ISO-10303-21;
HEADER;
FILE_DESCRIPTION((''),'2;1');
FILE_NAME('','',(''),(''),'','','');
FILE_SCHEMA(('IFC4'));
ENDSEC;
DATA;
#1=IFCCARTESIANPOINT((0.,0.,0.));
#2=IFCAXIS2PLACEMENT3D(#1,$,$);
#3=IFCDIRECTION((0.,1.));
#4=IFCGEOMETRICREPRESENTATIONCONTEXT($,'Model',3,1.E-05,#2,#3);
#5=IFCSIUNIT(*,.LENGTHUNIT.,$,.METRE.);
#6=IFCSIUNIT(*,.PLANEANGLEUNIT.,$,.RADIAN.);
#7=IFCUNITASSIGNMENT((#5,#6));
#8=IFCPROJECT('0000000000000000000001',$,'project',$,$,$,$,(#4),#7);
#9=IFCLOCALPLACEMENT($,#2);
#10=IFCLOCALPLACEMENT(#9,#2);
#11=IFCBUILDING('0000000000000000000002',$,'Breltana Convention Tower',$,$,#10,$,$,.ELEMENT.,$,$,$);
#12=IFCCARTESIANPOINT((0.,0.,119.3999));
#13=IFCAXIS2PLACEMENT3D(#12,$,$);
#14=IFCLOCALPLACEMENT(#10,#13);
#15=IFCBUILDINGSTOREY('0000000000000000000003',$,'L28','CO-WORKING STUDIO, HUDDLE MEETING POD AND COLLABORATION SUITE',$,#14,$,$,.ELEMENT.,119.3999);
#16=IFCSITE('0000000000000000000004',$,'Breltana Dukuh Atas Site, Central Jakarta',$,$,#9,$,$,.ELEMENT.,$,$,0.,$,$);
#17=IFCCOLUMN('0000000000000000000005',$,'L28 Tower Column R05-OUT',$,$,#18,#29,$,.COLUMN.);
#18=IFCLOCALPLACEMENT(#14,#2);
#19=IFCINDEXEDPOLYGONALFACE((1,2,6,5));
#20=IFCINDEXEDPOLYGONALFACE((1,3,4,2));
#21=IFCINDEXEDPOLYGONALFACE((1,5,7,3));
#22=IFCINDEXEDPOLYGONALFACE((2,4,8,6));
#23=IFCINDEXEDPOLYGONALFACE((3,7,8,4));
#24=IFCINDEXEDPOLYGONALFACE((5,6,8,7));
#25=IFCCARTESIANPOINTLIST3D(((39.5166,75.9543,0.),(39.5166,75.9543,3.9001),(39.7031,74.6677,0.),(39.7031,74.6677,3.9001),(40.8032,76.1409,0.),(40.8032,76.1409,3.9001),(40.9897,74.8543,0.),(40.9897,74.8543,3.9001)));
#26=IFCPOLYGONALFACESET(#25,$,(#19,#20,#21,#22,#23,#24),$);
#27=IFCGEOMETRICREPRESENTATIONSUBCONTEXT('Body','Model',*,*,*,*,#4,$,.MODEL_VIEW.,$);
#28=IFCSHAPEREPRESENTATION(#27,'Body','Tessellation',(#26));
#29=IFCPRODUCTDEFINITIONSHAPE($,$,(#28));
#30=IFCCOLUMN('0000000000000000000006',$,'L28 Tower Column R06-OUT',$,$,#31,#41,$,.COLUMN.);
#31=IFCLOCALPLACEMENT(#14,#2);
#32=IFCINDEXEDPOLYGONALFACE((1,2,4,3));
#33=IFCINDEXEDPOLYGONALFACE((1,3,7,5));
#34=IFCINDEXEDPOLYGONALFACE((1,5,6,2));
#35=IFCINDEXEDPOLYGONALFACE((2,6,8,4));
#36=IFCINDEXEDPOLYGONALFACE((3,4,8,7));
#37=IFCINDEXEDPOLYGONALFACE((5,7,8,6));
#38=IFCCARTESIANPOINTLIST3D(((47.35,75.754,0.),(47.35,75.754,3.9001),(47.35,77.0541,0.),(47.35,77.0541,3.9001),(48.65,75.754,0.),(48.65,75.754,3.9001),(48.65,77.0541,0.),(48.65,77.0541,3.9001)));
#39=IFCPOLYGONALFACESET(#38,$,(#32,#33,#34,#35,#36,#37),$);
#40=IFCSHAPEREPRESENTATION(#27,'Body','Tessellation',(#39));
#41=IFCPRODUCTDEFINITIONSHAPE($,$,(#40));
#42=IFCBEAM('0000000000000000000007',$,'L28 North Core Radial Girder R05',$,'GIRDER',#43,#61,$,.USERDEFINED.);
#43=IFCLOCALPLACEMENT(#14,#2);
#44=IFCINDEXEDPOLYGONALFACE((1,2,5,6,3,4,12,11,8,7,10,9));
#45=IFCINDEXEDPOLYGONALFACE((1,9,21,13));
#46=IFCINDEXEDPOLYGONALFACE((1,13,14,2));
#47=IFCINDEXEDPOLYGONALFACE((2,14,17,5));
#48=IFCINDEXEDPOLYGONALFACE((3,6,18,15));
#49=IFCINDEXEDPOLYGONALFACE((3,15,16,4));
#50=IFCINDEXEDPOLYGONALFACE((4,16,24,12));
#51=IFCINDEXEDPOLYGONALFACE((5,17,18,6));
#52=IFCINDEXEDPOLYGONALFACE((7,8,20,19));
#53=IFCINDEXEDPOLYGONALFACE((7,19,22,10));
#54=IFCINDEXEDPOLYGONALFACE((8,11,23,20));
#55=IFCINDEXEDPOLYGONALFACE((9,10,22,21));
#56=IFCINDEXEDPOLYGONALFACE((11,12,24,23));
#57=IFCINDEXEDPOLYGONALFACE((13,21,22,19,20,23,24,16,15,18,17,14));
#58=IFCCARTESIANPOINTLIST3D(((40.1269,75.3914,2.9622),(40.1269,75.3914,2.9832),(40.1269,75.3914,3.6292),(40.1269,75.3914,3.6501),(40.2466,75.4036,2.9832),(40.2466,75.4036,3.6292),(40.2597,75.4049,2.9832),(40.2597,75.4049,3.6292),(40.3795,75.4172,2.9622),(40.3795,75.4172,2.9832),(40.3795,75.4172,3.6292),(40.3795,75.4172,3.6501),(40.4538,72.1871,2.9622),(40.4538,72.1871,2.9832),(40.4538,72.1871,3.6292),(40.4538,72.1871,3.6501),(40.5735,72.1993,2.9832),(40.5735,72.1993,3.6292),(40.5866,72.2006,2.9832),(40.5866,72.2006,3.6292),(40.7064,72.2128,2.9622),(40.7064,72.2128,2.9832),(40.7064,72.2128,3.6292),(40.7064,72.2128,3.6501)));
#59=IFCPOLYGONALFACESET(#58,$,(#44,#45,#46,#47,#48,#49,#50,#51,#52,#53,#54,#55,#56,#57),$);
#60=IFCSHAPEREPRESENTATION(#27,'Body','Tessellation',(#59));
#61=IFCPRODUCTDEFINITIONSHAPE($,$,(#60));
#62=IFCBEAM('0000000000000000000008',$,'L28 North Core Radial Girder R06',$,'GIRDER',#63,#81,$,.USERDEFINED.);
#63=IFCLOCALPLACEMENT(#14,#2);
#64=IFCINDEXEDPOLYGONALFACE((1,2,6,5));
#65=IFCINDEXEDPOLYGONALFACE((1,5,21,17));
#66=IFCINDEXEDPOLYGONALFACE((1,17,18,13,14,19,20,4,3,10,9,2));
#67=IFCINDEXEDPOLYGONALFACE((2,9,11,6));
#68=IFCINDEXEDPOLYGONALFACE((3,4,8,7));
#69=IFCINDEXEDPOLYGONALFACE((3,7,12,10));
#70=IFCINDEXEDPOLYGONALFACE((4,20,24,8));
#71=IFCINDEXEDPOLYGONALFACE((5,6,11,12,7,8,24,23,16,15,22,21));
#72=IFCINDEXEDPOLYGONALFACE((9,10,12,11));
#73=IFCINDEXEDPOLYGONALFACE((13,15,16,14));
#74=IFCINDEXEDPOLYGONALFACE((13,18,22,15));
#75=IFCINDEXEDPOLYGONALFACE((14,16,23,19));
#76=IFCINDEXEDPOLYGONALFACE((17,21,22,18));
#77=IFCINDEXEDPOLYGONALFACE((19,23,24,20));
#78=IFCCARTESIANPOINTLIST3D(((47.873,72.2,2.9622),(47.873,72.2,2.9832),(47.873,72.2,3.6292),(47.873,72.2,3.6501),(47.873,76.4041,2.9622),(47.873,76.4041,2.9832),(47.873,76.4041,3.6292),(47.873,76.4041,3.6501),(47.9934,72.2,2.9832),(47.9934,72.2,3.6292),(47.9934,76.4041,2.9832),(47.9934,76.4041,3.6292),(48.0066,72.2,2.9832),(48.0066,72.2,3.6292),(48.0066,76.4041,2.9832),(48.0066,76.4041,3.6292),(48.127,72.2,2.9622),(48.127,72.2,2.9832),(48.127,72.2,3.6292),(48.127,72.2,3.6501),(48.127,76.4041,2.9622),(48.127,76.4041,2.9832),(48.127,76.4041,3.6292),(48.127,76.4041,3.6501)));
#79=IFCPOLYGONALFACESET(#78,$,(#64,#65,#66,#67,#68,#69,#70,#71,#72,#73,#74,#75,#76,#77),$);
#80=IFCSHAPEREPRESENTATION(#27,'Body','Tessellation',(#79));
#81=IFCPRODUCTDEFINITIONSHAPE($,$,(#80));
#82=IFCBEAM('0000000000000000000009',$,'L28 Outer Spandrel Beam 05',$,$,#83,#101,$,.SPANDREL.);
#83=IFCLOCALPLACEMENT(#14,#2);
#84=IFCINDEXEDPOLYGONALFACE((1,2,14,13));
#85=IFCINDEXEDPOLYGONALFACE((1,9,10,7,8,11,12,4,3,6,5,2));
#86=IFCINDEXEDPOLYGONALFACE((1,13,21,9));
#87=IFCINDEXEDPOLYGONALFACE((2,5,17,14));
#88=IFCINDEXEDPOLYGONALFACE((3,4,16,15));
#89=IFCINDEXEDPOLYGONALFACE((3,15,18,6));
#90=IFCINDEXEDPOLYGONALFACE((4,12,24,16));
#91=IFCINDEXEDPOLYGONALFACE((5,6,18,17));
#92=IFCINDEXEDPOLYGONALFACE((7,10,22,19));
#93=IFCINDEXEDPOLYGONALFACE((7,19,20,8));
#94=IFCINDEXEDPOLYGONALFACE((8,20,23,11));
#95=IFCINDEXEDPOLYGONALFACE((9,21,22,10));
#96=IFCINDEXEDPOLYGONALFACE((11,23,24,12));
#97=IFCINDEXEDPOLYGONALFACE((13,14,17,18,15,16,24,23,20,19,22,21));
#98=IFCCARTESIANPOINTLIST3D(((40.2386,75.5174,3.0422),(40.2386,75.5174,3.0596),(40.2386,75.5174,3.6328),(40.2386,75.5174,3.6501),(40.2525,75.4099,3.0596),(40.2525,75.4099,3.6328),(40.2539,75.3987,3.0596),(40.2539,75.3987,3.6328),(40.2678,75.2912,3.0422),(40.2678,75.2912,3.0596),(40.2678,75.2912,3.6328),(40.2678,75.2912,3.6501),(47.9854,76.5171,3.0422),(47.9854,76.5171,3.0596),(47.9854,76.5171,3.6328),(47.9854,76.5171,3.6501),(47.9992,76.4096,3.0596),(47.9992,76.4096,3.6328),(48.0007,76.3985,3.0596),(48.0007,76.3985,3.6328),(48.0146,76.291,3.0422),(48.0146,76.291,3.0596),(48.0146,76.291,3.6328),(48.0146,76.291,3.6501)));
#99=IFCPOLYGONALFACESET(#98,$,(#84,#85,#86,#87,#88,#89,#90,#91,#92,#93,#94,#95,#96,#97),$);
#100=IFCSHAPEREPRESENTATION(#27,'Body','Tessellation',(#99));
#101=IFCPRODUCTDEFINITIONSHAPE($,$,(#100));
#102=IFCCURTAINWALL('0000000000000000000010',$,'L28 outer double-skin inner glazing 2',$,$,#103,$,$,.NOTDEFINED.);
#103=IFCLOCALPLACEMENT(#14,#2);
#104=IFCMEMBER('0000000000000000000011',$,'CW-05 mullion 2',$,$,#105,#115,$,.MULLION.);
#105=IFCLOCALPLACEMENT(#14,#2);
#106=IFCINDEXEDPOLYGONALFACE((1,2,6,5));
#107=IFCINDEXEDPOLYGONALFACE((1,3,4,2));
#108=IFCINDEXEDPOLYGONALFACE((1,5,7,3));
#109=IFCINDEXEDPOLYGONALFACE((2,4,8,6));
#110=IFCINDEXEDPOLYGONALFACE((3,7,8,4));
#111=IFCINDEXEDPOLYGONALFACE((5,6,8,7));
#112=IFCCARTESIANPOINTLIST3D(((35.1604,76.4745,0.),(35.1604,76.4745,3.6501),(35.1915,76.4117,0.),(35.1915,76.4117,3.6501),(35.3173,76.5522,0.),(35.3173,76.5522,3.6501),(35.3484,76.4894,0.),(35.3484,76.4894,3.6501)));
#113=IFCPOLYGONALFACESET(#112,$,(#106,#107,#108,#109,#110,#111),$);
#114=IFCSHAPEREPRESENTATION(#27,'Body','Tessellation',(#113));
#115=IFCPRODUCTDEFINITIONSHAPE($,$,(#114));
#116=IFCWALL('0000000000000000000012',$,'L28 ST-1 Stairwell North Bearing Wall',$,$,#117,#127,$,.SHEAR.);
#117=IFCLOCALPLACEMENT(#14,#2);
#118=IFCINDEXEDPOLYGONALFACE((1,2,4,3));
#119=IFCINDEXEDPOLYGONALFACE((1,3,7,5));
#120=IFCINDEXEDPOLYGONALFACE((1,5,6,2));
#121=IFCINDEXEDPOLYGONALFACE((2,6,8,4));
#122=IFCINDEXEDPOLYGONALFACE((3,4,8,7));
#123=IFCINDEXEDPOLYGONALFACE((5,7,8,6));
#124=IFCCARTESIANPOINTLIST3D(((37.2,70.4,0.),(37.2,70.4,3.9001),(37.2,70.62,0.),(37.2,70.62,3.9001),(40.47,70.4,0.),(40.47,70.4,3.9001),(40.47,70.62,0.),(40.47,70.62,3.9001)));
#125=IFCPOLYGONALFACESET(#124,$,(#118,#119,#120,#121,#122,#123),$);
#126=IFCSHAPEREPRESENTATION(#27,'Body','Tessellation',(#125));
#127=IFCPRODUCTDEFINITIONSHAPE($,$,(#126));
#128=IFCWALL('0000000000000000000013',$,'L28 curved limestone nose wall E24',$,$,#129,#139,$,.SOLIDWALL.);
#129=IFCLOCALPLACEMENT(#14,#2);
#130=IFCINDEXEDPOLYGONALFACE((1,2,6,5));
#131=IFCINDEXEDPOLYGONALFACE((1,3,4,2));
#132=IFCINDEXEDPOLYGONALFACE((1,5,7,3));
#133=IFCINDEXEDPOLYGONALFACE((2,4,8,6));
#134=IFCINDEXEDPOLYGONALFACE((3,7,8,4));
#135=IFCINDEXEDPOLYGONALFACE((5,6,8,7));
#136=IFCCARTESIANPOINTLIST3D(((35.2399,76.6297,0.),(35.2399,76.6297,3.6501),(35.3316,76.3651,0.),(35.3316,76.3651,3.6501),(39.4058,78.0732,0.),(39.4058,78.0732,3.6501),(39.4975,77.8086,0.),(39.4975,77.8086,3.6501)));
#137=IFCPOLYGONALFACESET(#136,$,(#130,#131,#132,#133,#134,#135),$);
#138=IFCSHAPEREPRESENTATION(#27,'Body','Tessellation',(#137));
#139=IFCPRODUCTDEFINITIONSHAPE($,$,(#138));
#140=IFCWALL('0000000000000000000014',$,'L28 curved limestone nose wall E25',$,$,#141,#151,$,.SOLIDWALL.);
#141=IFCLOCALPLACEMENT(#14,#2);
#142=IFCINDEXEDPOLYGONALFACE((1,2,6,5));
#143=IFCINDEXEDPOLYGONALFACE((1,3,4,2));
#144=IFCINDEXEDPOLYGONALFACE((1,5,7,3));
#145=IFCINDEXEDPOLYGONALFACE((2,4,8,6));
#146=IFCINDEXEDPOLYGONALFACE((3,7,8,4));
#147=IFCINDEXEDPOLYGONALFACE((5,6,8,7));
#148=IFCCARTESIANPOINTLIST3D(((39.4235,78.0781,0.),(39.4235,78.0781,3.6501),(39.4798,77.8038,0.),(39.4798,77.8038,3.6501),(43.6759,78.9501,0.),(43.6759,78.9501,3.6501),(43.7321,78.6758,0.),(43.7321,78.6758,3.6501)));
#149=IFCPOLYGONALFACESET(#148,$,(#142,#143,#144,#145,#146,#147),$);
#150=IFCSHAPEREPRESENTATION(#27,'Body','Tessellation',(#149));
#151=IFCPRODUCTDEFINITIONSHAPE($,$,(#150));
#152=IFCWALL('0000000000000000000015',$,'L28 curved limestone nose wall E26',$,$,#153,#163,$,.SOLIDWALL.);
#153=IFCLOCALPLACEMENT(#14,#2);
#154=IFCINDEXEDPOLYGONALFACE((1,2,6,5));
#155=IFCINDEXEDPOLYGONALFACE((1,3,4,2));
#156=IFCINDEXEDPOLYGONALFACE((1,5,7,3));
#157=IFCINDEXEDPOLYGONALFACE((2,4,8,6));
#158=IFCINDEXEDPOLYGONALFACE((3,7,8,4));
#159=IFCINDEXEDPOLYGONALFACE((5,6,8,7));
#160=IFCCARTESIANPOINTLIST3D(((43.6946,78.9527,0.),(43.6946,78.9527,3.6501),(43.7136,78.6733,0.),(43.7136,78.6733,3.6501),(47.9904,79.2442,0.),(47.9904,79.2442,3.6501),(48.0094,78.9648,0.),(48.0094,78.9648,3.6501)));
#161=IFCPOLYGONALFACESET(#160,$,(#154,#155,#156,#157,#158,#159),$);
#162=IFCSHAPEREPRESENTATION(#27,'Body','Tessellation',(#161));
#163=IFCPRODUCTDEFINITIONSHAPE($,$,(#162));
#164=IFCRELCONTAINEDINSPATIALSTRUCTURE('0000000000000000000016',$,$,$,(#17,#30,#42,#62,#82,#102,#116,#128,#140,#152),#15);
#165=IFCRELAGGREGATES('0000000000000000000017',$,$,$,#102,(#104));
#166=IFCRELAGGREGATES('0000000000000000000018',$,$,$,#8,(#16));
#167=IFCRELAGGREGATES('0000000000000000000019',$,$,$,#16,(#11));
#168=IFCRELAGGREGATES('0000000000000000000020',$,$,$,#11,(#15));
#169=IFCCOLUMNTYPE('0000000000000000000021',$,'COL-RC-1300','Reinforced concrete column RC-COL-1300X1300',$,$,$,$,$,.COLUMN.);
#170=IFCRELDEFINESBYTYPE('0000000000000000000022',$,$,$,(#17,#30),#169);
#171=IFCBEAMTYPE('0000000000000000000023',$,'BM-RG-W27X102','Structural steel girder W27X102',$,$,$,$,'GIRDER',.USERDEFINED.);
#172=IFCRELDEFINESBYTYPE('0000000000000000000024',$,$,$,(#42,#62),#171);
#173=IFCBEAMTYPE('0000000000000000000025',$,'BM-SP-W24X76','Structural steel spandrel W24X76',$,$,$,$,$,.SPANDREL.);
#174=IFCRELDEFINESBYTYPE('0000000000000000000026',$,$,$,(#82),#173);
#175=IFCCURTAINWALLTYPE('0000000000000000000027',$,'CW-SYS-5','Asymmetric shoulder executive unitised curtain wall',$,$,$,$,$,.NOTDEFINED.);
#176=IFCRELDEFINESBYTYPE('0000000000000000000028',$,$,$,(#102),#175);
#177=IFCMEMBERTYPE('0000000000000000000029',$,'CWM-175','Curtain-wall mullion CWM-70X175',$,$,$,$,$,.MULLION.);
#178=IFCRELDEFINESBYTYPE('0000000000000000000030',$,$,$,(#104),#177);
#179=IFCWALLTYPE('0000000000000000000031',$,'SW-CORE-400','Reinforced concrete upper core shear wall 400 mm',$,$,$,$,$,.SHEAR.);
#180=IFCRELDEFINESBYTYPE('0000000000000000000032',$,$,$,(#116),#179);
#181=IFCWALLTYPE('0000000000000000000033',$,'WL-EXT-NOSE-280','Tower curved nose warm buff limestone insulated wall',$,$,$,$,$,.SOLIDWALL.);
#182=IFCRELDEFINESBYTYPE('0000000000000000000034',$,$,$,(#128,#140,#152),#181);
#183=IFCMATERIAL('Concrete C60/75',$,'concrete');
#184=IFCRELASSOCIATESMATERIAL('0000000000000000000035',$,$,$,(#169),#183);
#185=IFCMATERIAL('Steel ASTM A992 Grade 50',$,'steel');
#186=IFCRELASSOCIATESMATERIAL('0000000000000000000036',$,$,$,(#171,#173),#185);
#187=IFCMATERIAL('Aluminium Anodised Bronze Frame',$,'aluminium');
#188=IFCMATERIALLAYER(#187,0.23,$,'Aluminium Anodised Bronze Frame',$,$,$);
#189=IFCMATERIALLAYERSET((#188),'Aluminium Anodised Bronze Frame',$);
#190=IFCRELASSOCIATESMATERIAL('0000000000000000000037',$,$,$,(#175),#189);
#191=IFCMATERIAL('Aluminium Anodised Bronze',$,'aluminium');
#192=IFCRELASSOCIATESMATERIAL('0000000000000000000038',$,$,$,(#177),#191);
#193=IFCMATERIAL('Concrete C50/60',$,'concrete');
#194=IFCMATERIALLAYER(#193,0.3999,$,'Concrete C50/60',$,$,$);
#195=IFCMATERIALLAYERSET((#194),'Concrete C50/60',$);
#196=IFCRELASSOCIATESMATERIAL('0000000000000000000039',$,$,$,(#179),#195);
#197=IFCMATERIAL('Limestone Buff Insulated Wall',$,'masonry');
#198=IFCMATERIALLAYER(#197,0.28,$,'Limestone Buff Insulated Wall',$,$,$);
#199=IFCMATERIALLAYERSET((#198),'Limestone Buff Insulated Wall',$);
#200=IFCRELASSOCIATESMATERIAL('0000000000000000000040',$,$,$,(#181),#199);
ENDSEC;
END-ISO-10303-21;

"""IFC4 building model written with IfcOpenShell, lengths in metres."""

from ifc_helpers import new_model, si_unit, direction, frame, frame_2d, origin, origin_2d, place, context, subcontext, project, spatial, rectangle, i_section, extrude, source, transform, mapped, material, layer, layer_set, material_profile, profile_set, type_object, element, aggregate, save


model = new_model("IFC4")

# Units and contexts
model_context = context("Model", 3, precision=1e-05, world=origin(), true_north=direction((0.0, 1.0)))
body_context = subcontext(model_context, "Body", "Model", "MODEL_VIEW")
ifc_project = project(units=[si_unit("LENGTHUNIT", "METRE"), si_unit("PLANEANGLEUNIT", "RADIAN")], contexts=[model_context])

# Site, building, storey
site_placement = place(None, origin())
site = spatial("IfcSite", under=ifc_project, at=site_placement, Name="Breltana Dukuh Atas Site, Central Jakarta", CompositionType="ELEMENT", RefElevation=0.0)
building_placement = place(site_placement, origin())
building = spatial("IfcBuilding", under=site, at=building_placement, Name="Breltana Convention Tower", CompositionType="ELEMENT")
storey_placement = place(building_placement, frame((0.0, 0.0, 119.3999)))
storey = spatial("IfcBuildingStorey", under=building, at=storey_placement, Name="L28", Description="CO-WORKING STUDIO, HUDDLE MEETING POD AND COLLABORATION SUITE", CompositionType="ELEMENT", Elevation=119.3999)

# Columns
ifc_material_1 = material(Name="Concrete C60/75", Category="concrete")
ifc_material_profile_1 = material_profile(ifc_material_1, rectangle(XDim=1.3, YDim=1.3, at=origin_2d()), Name="RC-COL-1300X1300")
ifc_profile_set_1 = profile_set([ifc_material_profile_1], Name="Concrete C60/75")
column_type = type_object("IfcColumnType", Name="COL-RC-1300", Description="Reinforced concrete column RC-COL-1300X1300", PredefinedType="COLUMN", material=ifc_profile_set_1)
shared_shape_1 = source(origin(), body_context, "Body", "SweptSolid", [
    extrude(rectangle(XDim=1.3, YDim=1.3, at=origin_2d()), origin(), (0.0, 0.0, 1.0), 3.9001),
])
for number, where, z_axis, x_axis, name in (
    (1, (40.2532, 75.4043, 0.0), (0.0, 0.0, 1.0), (-0.143493, 0.989651, 0.0), "L28 Tower Column R05-OUT"),
    (2, (48.0, 76.4041, 0.0), (0.0, 0.0, 1.0), (0.0, 1.0, 0.0), "L28 Tower Column R06-OUT"),
):
    element("IfcColumn", number, at=place(storey_placement, frame(where, z_axis=z_axis, x_axis=x_axis)), inside=storey, type_object=column_type, Name=name, PredefinedType="COLUMN", context=body_context, shape_type="MappedRepresentation", body=[
        mapped(shared_shape_1, transform((0.0, 0.0, 0.0), scale=1.0)),
    ])

# Beams
ifc_material_2 = material(Name="Steel ASTM A992 Grade 50", Category="steel")
ifc_material_profile_2 = material_profile(ifc_material_2, i_section(OverallWidth=0.2539, OverallDepth=0.688, WebThickness=0.0132, FlangeThickness=0.021, at=origin_2d()), Name="W27X102")
ifc_profile_set_2 = profile_set([ifc_material_profile_2], Name="Steel ASTM A992 Grade 50")
beam_type_1 = type_object("IfcBeamType", Name="BM-RG-W27X102", Description="Structural steel girder W27X102", ElementType="GIRDER", PredefinedType="USERDEFINED", material=ifc_profile_set_2)
shared_shape_2 = source(origin(), body_context, "Body", "SweptSolid", [
    extrude(i_section(OverallWidth=0.2539, OverallDepth=0.688, WebThickness=0.0132, FlangeThickness=0.021, at=origin_2d()), origin(), (0.0, 0.0, 1.0), 3.2209),
])
beam_1_placement = place(storey_placement, frame((40.5801, 72.2, 3.3062), z_axis=(-0.101492, 0.994836, 0.0), x_axis=(-0.994836, -0.101492, 0.0)))
element("IfcBeam", 3, at=beam_1_placement, inside=storey, type_object=beam_type_1, Name="L28 North Core Radial Girder R05", ObjectType="GIRDER", PredefinedType="USERDEFINED", context=body_context, shape_type="MappedRepresentation", body=[
    mapped(shared_shape_2, transform((0.0, 0.0, 0.0), scale=1.0)),
])
shared_shape_3 = source(origin(), body_context, "Body", "SweptSolid", [
    extrude(i_section(OverallWidth=0.2539, OverallDepth=0.688, WebThickness=0.0132, FlangeThickness=0.021, at=origin_2d()), origin(), (0.0, 0.0, 1.0), 4.2041),
])
beam_2_placement = place(storey_placement, frame((48.0, 72.2, 3.3062), z_axis=(0.0, 1.0, 0.0), x_axis=(-1.0, 0.0, 0.0)))
element("IfcBeam", 4, at=beam_2_placement, inside=storey, type_object=beam_type_1, Name="L28 North Core Radial Girder R06", ObjectType="GIRDER", PredefinedType="USERDEFINED", context=body_context, shape_type="MappedRepresentation", body=[
    mapped(shared_shape_3, transform((0.0, 0.0, 0.0), scale=1.0)),
])
ifc_material_profile_3 = material_profile(ifc_material_2, i_section(OverallWidth=0.228, OverallDepth=0.6079, WebThickness=0.0112, FlangeThickness=0.0173, at=origin_2d()), Name="W24X76")
ifc_profile_set_3 = profile_set([ifc_material_profile_3], Name="Steel ASTM A992 Grade 50")
beam_type_2 = type_object("IfcBeamType", Name="BM-SP-W24X76", Description="Structural steel spandrel W24X76", PredefinedType="SPANDREL", material=ifc_profile_set_3)
shared_shape_4 = source(origin(), body_context, "Body", "SweptSolid", [
    extrude(i_section(OverallWidth=0.228, OverallDepth=0.6079, WebThickness=0.0112, FlangeThickness=0.0173, at=origin_2d()), origin(), (0.0, 0.0, 1.0), 7.811),
])
beam_3_placement = place(storey_placement, frame((40.2532, 75.4043, 3.3462), z_axis=(0.991775, 0.127992, 0.0), x_axis=(-0.127992, 0.991775, 0.0)))
element("IfcBeam", 5, at=beam_3_placement, inside=storey, type_object=beam_type_2, Name="L28 Outer Spandrel Beam 05", PredefinedType="SPANDREL", context=body_context, shape_type="MappedRepresentation", body=[
    mapped(shared_shape_4, transform((0.0, 0.0, 0.0), scale=1.0)),
])

# Curtain wall, member
ifc_material_3 = material(Name="Aluminium Anodised Bronze Frame", Category="aluminium")
ifc_layer_1 = layer(ifc_material_3, 0.23, Name="Aluminium Anodised Bronze Frame")
ifc_layer_set_1 = layer_set([ifc_layer_1], Name="Aluminium Anodised Bronze Frame")
curtain_wall_type = type_object("IfcCurtainWallType", Name="CW-SYS-5", Description="Asymmetric shoulder executive unitised curtain wall", PredefinedType="NOTDEFINED", material=ifc_layer_set_1)
curtain_wall_placement = place(storey_placement, origin())
curtain_wall = element("IfcCurtainWall", 6, at=curtain_wall_placement, inside=storey, type_object=curtain_wall_type, Name="L28 outer double-skin inner glazing 2", PredefinedType="NOTDEFINED")
ifc_material_4 = material(Name="Aluminium Anodised Bronze", Category="aluminium")
ifc_material_profile_4 = material_profile(ifc_material_4, rectangle(XDim=0.0701, YDim=0.175, at=origin_2d()), Name="CWM-70X175")
ifc_profile_set_4 = profile_set([ifc_material_profile_4], Name="Aluminium Anodised Bronze")
member_type = type_object("IfcMemberType", Name="CWM-175", Description="Curtain-wall mullion CWM-70X175", PredefinedType="MULLION", material=ifc_profile_set_4)
shared_shape_5 = source(origin(), body_context, "Body", "SweptSolid", [
    extrude(rectangle(XDim=0.0701, YDim=0.175, at=origin_2d()), origin(), (0.0, 0.0, 1.0), 3.6501),
])
member_placement = place(storey_placement, frame((35.2544, 76.4819, 0.0), z_axis=(0.0, 0.0, 1.0), x_axis=(-0.444122, 0.895967, 0.0)))
member = element("IfcMember", 7, at=member_placement, type_object=member_type, Name="CW-05 mullion 2", PredefinedType="MULLION", context=body_context, shape_type="MappedRepresentation", body=[
    mapped(shared_shape_5, transform((0.0, 0.0, 0.0), scale=1.0)),
])
aggregate(curtain_wall, [member])

# Walls
ifc_material_5 = material(Name="Concrete C50/60", Category="concrete")
ifc_layer_2 = layer(ifc_material_5, 0.3999, Name="Concrete C50/60")
ifc_layer_set_2 = layer_set([ifc_layer_2], Name="Concrete C50/60")
wall_type_1 = type_object("IfcWallType", Name="SW-CORE-400", Description="Reinforced concrete upper core shear wall 400 mm", PredefinedType="SHEAR", material=ifc_layer_set_2)
shared_shape_6 = source(origin(), body_context, "Body", "SweptSolid", [
    extrude(rectangle(XDim=3.27, YDim=0.22, at=frame_2d((1.635, 0.0))), origin(), (0.0, 0.0, 1.0), 3.9001),
])
wall_1_placement = place(storey_placement, frame((37.2, 70.51, 0.0), z_axis=(0.0, 0.0, 1.0), x_axis=(1.0, 0.0, 0.0)))
element("IfcWall", 8, at=wall_1_placement, inside=storey, type_object=wall_type_1, Name="L28 ST-1 Stairwell North Bearing Wall", PredefinedType="SHEAR", context=body_context, shape_type="MappedRepresentation", body=[
    mapped(shared_shape_6, transform((0.0, 0.0, 0.0), scale=1.0)),
])
ifc_material_6 = material(Name="Limestone Buff Insulated Wall", Category="masonry")
ifc_layer_3 = layer(ifc_material_6, 0.28, Name="Limestone Buff Insulated Wall")
ifc_layer_set_3 = layer_set([ifc_layer_3], Name="Limestone Buff Insulated Wall")
wall_type_2 = type_object("IfcWallType", Name="WL-EXT-NOSE-280", Description="Tower curved nose warm buff limestone insulated wall", PredefinedType="SOLIDWALL", material=ifc_layer_set_3)
shared_shape_7 = source(origin(), body_context, "Body", "SweptSolid", [
    extrude(rectangle(XDim=4.4089, YDim=0.28, at=frame_2d((2.2046, 0.0))), origin(), (0.0, 0.0, 1.0), 3.6501),
])
wall_2_placement = place(storey_placement, frame((35.2856, 76.4973, 0.0), z_axis=(0.0, 0.0, 1.0), x_axis=(0.944879, 0.327419, 0.0)))
element("IfcWall", 9, at=wall_2_placement, inside=storey, type_object=wall_type_2, Name="L28 curved limestone nose wall E24", PredefinedType="SOLIDWALL", context=body_context, shape_type="MappedRepresentation", body=[
    mapped(shared_shape_7, transform((0.0, 0.0, 0.0), scale=1.0)),
])
shared_shape_8 = source(origin(), body_context, "Body", "SweptSolid", [
    extrude(rectangle(XDim=4.3408, YDim=0.28, at=frame_2d((2.1704, 0.0))), origin(), (0.0, 0.0, 1.0), 3.6501),
])
wall_3_placement = place(storey_placement, frame((39.4517, 77.9409, 0.0), z_axis=(0.0, 0.0, 1.0), x_axis=(0.979613, 0.200894, 0.0)))
element("IfcWall", 10, at=wall_3_placement, inside=storey, type_object=wall_type_2, Name="L28 curved limestone nose wall E25", PredefinedType="SOLIDWALL", context=body_context, shape_type="MappedRepresentation", body=[
    mapped(shared_shape_8, transform((0.0, 0.0, 0.0), scale=1.0)),
])
shared_shape_9 = source(origin(), body_context, "Body", "SweptSolid", [
    extrude(rectangle(XDim=4.3057, YDim=0.28, at=frame_2d((2.1528, 0.0))), origin(), (0.0, 0.0, 1.0), 3.6501),
])
wall_4_placement = place(storey_placement, frame((43.7041, 78.813, 0.0), z_axis=(0.0, 0.0, 1.0), x_axis=(0.997706, 0.067701, 0.0)))
element("IfcWall", 11, at=wall_4_placement, inside=storey, type_object=wall_type_2, Name="L28 curved limestone nose wall E26", PredefinedType="SOLIDWALL", context=body_context, shape_type="MappedRepresentation", body=[
    mapped(shared_shape_9, transform((0.0, 0.0, 0.0), scale=1.0)),
])

save(model, "model.ifc")
